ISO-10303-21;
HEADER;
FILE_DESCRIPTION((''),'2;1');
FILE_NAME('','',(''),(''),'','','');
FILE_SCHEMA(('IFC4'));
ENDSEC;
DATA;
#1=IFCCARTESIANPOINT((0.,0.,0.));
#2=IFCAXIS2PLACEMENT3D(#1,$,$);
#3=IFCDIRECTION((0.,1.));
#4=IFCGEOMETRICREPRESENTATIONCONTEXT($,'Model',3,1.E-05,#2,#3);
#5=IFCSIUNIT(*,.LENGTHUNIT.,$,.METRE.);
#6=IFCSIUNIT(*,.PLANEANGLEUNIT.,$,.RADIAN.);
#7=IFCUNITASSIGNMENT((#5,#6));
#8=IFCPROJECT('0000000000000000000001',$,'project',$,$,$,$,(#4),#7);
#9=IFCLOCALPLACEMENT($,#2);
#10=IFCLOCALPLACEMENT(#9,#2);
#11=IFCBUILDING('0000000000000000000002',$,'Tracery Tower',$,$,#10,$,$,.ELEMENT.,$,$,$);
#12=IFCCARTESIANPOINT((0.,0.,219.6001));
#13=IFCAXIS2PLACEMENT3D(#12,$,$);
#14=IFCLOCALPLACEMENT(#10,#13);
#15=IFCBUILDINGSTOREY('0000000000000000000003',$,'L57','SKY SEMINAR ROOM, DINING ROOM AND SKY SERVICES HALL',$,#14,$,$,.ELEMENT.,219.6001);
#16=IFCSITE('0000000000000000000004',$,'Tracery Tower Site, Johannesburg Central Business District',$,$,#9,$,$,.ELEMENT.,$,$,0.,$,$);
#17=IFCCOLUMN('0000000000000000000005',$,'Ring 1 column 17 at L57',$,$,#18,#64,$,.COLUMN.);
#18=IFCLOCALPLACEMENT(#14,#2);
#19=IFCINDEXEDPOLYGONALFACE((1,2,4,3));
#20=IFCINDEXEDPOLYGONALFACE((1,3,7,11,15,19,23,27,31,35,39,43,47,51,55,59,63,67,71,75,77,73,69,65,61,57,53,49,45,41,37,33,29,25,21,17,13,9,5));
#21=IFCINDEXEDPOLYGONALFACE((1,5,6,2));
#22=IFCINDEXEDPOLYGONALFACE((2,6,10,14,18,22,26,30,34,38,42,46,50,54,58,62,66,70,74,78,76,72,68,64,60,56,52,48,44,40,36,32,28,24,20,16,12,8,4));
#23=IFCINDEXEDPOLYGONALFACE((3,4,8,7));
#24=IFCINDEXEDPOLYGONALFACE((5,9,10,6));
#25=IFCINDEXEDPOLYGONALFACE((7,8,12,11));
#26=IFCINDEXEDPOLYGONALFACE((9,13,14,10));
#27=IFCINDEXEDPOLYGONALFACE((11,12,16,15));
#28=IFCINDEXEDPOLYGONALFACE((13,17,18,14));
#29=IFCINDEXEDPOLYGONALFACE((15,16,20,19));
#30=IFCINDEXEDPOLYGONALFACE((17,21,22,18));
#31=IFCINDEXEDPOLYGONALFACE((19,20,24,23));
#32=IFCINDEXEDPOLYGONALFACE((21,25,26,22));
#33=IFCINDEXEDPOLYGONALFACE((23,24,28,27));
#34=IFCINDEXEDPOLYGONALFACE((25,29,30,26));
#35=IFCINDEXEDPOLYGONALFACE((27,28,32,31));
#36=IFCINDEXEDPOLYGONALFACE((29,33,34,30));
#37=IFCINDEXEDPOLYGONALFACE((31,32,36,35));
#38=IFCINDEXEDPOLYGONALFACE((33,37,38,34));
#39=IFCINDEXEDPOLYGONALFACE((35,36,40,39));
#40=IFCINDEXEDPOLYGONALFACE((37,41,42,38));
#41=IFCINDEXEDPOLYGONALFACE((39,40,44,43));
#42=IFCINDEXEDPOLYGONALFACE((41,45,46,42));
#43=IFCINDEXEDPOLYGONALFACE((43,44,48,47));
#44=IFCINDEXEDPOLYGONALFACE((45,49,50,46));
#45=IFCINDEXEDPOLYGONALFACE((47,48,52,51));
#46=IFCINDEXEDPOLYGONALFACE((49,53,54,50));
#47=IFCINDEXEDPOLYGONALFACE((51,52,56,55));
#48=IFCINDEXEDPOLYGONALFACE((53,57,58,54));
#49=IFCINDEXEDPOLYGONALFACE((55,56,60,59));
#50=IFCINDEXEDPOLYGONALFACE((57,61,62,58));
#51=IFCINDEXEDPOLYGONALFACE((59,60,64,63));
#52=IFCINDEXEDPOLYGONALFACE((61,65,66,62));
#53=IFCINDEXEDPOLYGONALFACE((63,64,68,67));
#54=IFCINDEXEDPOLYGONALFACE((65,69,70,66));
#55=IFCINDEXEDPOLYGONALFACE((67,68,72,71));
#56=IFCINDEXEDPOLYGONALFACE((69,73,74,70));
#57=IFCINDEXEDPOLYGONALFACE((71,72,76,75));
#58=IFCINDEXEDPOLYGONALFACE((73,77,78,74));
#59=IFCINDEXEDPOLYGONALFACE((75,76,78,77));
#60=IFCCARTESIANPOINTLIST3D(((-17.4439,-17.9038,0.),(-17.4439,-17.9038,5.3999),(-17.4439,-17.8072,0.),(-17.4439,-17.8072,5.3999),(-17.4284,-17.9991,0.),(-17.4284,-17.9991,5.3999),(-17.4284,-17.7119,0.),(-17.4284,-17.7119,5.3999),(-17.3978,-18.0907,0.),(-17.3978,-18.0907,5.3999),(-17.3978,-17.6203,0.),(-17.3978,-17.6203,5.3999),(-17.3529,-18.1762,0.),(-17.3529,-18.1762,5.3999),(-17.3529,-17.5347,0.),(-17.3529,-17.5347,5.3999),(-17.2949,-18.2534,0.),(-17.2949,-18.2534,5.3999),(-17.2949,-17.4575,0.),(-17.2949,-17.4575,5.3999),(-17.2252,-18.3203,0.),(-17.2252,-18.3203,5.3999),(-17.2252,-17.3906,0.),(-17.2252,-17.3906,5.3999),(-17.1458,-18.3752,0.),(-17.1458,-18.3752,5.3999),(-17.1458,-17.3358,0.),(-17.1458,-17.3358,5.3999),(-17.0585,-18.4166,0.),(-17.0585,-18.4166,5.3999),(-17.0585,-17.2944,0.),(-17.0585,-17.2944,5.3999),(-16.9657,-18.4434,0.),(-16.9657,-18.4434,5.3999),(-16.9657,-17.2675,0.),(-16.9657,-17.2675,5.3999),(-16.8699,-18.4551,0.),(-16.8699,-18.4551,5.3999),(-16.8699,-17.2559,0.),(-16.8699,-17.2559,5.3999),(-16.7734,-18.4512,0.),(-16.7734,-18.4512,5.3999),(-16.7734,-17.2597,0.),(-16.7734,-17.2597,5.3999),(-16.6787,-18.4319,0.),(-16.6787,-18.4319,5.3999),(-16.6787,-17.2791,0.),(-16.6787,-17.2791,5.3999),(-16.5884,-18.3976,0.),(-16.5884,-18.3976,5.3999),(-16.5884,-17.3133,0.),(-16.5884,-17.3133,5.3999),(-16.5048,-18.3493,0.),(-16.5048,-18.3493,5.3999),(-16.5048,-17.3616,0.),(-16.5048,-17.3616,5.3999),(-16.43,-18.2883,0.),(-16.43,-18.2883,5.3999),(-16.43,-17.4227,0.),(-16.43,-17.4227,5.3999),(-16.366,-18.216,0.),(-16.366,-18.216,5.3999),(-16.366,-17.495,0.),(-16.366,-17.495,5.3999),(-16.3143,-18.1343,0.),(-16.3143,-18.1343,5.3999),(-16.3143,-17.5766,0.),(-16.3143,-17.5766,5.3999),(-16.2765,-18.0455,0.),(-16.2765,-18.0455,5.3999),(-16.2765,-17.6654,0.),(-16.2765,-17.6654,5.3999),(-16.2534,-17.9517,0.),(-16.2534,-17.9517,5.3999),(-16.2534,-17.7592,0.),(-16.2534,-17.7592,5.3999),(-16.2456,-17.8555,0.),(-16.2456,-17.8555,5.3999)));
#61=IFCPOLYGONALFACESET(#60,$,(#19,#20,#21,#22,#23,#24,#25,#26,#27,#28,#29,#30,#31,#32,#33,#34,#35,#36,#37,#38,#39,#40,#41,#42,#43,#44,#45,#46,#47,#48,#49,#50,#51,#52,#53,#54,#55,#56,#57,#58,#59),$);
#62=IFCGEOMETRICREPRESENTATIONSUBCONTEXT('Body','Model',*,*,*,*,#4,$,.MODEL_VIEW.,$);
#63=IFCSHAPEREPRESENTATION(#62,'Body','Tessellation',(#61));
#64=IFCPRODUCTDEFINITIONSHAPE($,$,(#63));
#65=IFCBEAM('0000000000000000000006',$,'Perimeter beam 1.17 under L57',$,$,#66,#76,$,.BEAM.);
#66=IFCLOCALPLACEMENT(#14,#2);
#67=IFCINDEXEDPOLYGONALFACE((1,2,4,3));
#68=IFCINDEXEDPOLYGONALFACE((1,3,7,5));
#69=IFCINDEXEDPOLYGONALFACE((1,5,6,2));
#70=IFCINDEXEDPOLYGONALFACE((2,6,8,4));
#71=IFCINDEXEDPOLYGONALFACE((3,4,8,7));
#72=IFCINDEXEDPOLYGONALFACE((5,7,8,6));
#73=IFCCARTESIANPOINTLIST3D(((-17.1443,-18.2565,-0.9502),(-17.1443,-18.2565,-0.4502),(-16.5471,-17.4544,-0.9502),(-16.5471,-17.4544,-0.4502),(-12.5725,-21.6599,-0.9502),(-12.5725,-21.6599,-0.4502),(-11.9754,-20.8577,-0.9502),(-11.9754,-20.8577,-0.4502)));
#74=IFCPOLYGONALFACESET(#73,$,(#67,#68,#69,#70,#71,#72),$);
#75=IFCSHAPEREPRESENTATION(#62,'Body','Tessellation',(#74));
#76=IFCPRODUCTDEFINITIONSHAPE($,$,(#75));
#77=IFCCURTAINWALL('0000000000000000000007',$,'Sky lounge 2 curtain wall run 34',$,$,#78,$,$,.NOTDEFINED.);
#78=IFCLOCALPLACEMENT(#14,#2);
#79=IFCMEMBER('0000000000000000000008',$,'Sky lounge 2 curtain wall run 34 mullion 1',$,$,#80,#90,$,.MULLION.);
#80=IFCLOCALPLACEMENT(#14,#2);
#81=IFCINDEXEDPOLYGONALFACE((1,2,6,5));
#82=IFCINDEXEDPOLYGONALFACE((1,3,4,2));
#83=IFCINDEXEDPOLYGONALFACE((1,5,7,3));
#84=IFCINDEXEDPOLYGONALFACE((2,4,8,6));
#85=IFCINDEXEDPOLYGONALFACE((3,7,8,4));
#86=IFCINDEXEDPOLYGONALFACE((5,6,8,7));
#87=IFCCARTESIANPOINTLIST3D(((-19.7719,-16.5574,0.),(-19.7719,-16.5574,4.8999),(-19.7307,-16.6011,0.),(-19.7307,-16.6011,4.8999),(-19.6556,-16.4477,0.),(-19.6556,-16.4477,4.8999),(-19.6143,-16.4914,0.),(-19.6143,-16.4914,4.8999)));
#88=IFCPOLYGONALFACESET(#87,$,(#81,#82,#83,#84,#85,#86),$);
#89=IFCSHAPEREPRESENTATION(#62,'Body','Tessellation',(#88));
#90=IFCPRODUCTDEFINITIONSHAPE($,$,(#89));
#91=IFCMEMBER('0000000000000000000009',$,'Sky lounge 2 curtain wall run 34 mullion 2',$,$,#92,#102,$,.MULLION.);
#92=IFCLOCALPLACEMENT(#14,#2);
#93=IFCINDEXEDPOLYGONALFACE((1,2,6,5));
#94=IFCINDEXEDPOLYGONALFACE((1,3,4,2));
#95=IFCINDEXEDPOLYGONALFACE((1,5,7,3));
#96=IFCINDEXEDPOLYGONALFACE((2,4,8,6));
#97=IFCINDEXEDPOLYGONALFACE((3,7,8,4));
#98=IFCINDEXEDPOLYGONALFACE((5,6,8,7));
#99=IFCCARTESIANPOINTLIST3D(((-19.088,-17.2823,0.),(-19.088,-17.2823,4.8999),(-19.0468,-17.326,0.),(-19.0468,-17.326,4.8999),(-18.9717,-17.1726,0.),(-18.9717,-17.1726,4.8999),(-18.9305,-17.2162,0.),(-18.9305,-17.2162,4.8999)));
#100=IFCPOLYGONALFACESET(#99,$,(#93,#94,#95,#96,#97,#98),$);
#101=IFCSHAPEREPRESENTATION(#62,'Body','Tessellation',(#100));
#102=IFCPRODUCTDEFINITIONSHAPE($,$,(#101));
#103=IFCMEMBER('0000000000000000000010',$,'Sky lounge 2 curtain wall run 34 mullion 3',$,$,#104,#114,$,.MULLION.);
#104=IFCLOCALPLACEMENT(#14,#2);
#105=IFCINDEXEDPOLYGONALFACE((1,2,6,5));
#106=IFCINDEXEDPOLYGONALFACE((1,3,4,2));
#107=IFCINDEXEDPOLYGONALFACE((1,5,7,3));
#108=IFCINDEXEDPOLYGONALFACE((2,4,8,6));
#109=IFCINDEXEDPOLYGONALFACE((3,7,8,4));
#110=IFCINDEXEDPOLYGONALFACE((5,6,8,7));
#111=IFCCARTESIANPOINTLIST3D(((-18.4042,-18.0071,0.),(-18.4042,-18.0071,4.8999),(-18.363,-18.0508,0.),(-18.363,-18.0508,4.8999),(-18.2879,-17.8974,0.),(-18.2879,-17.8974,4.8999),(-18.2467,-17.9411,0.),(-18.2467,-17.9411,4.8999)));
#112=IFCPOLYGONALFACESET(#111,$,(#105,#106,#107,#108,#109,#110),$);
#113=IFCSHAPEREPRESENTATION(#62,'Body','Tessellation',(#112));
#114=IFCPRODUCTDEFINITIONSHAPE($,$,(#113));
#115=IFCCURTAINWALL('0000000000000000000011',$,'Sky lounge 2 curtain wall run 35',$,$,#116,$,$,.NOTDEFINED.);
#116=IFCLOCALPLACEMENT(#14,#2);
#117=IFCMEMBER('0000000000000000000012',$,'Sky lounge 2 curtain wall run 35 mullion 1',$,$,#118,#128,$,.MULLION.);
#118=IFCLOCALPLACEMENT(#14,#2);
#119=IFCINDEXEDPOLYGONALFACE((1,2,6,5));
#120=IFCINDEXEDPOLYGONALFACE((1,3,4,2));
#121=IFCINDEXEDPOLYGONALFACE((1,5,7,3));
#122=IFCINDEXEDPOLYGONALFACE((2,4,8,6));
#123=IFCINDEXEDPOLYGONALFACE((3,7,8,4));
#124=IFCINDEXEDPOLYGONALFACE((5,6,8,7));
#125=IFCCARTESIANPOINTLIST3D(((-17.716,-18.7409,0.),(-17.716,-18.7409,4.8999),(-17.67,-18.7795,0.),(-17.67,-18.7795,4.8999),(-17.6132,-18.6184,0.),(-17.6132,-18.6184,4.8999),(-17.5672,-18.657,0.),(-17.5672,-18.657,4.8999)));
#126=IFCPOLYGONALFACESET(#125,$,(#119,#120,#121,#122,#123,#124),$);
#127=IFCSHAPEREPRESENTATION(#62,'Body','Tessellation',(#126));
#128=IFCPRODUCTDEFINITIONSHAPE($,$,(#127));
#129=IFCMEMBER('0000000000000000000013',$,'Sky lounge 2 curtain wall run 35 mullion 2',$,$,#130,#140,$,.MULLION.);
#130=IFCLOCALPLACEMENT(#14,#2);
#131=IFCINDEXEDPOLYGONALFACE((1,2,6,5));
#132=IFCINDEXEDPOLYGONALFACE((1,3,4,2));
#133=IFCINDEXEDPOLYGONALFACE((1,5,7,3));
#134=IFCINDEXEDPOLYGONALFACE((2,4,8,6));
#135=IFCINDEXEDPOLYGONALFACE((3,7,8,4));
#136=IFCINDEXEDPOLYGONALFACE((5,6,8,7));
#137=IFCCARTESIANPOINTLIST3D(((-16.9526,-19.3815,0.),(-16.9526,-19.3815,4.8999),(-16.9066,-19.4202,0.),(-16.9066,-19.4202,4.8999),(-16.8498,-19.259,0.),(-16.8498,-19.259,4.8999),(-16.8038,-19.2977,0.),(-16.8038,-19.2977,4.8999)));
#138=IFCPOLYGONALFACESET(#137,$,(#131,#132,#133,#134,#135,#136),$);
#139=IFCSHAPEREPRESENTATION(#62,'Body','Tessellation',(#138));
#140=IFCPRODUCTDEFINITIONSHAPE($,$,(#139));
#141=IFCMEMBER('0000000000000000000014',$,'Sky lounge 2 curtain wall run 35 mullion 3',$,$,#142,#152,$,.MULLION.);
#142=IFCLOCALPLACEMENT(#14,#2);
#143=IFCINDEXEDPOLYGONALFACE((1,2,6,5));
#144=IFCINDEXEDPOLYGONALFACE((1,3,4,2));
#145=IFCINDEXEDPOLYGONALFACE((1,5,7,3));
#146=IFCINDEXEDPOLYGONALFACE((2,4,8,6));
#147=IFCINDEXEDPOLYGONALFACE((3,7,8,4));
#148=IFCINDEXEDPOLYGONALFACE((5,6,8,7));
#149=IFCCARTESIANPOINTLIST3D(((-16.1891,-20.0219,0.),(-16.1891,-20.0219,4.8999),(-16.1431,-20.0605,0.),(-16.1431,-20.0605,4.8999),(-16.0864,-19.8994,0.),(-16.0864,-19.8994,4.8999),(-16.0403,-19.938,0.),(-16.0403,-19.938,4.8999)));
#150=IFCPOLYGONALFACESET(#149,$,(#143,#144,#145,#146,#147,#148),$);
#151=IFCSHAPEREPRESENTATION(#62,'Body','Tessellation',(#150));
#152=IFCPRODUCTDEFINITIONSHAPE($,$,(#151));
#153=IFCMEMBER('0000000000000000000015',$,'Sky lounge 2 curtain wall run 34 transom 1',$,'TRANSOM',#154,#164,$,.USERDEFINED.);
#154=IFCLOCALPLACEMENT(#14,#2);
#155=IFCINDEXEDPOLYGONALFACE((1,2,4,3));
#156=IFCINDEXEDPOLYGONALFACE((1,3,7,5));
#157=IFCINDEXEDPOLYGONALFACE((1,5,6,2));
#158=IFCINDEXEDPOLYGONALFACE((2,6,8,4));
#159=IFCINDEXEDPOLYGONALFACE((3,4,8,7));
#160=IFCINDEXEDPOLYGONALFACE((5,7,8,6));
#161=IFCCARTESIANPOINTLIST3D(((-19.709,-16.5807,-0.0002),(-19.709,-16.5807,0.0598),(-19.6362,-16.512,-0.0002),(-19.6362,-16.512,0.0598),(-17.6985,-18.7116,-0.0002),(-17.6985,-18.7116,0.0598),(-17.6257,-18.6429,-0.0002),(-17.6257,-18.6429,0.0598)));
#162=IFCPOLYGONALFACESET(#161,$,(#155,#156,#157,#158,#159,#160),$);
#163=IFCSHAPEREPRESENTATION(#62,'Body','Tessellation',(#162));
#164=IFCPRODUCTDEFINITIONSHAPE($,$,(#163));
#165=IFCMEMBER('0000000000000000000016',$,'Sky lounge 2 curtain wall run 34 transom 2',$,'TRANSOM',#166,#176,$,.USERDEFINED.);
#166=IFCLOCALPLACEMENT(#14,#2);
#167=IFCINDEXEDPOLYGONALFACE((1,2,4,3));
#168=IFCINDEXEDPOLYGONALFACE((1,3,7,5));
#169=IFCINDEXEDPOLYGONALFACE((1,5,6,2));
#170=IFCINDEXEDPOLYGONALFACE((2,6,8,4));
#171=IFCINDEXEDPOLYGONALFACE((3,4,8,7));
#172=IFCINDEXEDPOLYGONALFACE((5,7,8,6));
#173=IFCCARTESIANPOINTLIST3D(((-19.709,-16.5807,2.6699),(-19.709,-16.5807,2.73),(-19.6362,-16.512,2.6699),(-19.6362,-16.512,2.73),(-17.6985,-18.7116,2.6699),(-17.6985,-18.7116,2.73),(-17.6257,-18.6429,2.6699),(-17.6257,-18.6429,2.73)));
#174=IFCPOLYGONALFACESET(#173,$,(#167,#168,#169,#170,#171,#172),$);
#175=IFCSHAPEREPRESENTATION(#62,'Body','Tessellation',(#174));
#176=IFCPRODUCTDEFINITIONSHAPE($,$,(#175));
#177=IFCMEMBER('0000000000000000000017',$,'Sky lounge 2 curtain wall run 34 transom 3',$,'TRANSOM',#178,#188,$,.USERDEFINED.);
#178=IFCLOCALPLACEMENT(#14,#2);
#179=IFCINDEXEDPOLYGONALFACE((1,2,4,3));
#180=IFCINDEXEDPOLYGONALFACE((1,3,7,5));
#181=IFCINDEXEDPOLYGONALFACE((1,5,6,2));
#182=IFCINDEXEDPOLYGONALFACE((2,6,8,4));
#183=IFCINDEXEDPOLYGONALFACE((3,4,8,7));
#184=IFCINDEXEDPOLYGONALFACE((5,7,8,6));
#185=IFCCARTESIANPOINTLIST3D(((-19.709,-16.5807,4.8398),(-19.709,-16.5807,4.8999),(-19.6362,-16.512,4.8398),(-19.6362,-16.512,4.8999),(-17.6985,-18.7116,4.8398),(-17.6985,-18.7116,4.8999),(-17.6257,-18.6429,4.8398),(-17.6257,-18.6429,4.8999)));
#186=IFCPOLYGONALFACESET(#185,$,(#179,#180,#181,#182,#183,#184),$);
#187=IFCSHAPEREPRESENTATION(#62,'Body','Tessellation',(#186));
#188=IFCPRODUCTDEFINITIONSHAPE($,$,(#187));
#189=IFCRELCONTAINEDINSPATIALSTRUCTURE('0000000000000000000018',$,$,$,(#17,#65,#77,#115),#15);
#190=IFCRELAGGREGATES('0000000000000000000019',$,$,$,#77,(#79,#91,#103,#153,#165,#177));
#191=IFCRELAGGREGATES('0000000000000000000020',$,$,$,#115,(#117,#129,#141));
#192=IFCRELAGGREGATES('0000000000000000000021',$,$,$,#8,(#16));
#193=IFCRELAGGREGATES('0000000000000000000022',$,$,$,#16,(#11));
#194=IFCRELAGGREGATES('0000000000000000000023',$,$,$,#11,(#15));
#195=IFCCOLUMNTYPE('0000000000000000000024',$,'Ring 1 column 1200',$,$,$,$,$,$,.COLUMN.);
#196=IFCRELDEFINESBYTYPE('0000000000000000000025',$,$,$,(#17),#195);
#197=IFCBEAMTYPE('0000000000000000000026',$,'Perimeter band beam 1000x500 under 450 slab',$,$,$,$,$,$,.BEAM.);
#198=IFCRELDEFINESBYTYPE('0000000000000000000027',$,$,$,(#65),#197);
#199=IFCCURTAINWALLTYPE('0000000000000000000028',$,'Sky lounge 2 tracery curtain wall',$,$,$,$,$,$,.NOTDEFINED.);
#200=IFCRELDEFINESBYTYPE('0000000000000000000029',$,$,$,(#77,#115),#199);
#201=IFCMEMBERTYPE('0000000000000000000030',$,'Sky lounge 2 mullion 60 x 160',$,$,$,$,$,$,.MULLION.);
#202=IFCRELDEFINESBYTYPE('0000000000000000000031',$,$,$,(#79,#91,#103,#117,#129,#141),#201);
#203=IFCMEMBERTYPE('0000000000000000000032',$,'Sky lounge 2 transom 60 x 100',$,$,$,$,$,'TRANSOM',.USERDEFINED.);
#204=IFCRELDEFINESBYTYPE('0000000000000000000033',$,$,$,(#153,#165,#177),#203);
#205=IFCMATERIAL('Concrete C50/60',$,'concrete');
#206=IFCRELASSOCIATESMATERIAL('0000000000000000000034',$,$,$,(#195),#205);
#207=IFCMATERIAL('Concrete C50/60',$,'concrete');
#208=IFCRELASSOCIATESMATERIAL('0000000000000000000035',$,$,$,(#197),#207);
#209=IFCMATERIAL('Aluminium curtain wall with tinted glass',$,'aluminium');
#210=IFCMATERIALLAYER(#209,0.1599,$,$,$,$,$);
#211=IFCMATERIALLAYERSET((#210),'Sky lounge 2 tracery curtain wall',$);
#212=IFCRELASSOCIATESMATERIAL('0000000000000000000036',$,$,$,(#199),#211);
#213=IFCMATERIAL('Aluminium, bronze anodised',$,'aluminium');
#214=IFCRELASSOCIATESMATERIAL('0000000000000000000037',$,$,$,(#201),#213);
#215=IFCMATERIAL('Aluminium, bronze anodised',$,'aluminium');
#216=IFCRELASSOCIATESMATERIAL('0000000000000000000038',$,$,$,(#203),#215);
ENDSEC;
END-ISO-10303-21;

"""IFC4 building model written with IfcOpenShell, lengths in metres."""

from ifc_helpers import new_model, si_unit, direction, frame, origin, origin_2d, place, context, subcontext, project, spatial, rectangle, circle, extrude, material, layer, layer_set, material_profile, profile_set, type_object, element, aggregate, save


model = new_model("IFC4")

# Units and contexts
model_context = context("Model", 3, precision=1e-05, world=origin(), true_north=direction((0.0, 1.0)))
body_context = subcontext(model_context, "Body", "Model", "MODEL_VIEW")
ifc_project = project(units=[si_unit("LENGTHUNIT", "METRE"), si_unit("PLANEANGLEUNIT", "RADIAN")], contexts=[model_context])

# Site, building, storey
site_placement = place(None, origin())
site = spatial("IfcSite", under=ifc_project, at=site_placement, Name="Tracery Tower Site, Johannesburg Central Business District", CompositionType="ELEMENT", RefElevation=0.0)
building_placement = place(site_placement, origin())
building = spatial("IfcBuilding", under=site, at=building_placement, Name="Tracery Tower", CompositionType="ELEMENT")
storey_placement = place(building_placement, frame((0.0, 0.0, 219.6001)))
storey = spatial("IfcBuildingStorey", under=building, at=storey_placement, Name="L57", Description="SKY SEMINAR ROOM, DINING ROOM AND SKY SERVICES HALL", CompositionType="ELEMENT", Elevation=219.6001)

# Column
ifc_material_1 = material(Name="Concrete C50/60", Category="concrete")
ifc_material_profile_1 = material_profile(ifc_material_1, circle(Radius=0.6001, at=origin_2d()), Name="RC D1200")
ifc_profile_set_1 = profile_set([ifc_material_profile_1], Name="Concrete C50/60")
column_type = type_object("IfcColumnType", Name="Ring 1 column 1200", PredefinedType="COLUMN", material=ifc_profile_set_1)
column_placement = place(storey_placement, frame((-16.8457, -17.8555, 0.0), z_axis=(0.0, 0.0, 1.0), x_axis=(1.0, 0.0, 0.0)))
element("IfcColumn", 1, at=column_placement, inside=storey, type_object=column_type, Name="Ring 1 column 17 at L57", PredefinedType="COLUMN", context=body_context, shape_type="SweptSolid", body=[
    extrude(circle(Radius=0.6001, at=origin_2d()), origin(), (0.0, 0.0, 1.0), 5.3999),
])

# Beam
ifc_material_2 = material(Name="Concrete C50/60", Category="concrete")
ifc_material_profile_2 = material_profile(ifc_material_2, rectangle(XDim=1.0, YDim=0.5, at=origin_2d()), Name="RC 1000x500")
ifc_profile_set_2 = profile_set([ifc_material_profile_2], Name="Concrete C50/60")
beam_type = type_object("IfcBeamType", Name="Perimeter band beam 1000x500 under 450 slab", PredefinedType="BEAM", material=ifc_profile_set_2)
beam_placement = place(storey_placement, frame((-16.8457, -17.8555, -0.7002), z_axis=(0.802144, -0.597131, 0.0), x_axis=(0.597131, 0.802144, 0.0)))
element("IfcBeam", 2, at=beam_placement, inside=storey, type_object=beam_type, Name="Perimeter beam 1.17 under L57", PredefinedType="BEAM", context=body_context, shape_type="SweptSolid", body=[
    extrude(rectangle(XDim=1.0, YDim=0.5, at=origin_2d()), origin(), (0.0, 0.0, 1.0), 5.6995),
])

# Curtain walls, members
ifc_material_3 = material(Name="Aluminium curtain wall with tinted glass", Category="aluminium")
ifc_layer_1 = layer(ifc_material_3, 0.1599)
ifc_layer_set_1 = layer_set([ifc_layer_1], Name="Sky lounge 2 tracery curtain wall")
curtain_wall_type = type_object("IfcCurtainWallType", Name="Sky lounge 2 tracery curtain wall", PredefinedType="NOTDEFINED", material=ifc_layer_set_1)
curtain_wall_1_placement = place(storey_placement, origin())
curtain_wall_1 = element("IfcCurtainWall", 3, at=curtain_wall_1_placement, inside=storey, type_object=curtain_wall_type, Name="Sky lounge 2 curtain wall run 34", PredefinedType="NOTDEFINED")
ifc_material_4 = material(Name="Aluminium, bronze anodised", Category="aluminium")
ifc_material_profile_3 = material_profile(ifc_material_4, rectangle(XDim=0.1599, YDim=0.0601, at=origin_2d()), Name="AL 60x160")
ifc_profile_set_3 = profile_set([ifc_material_profile_3], Name="Aluminium, bronze anodised")
member_type_1 = type_object("IfcMemberType", Name="Sky lounge 2 mullion 60 x 160", PredefinedType="MULLION", material=ifc_profile_set_3)
member_1_placement = place(storey_placement, frame((-19.6931, -16.5244, 0.0), z_axis=(0.0, 0.0, 1.0), x_axis=(0.727374, 0.686242, 0.0)))
member_1 = element("IfcMember", 4, at=member_1_placement, type_object=member_type_1, Name="Sky lounge 2 curtain wall run 34 mullion 1", PredefinedType="MULLION", context=body_context, shape_type="SweptSolid", body=[
    extrude(rectangle(XDim=0.1599, YDim=0.0601, at=origin_2d()), origin(), (0.0, 0.0, 1.0), 4.8999),
])
member_2_placement = place(storey_placement, frame((-19.0093, -17.2493, 0.0), z_axis=(0.0, 0.0, 1.0), x_axis=(0.727374, 0.686242, 0.0)))
member_2 = element("IfcMember", 5, at=member_2_placement, type_object=member_type_1, Name="Sky lounge 2 curtain wall run 34 mullion 2", PredefinedType="MULLION", context=body_context, shape_type="SweptSolid", body=[
    extrude(rectangle(XDim=0.1599, YDim=0.0601, at=origin_2d()), origin(), (0.0, 0.0, 1.0), 4.8999),
])
member_3_placement = place(storey_placement, frame((-18.3254, -17.9741, 0.0), z_axis=(0.0, 0.0, 1.0), x_axis=(0.727374, 0.686242, 0.0)))
member_3 = element("IfcMember", 6, at=member_3_placement, type_object=member_type_1, Name="Sky lounge 2 curtain wall run 34 mullion 3", PredefinedType="MULLION", context=body_context, shape_type="SweptSolid", body=[
    extrude(rectangle(XDim=0.1599, YDim=0.0601, at=origin_2d()), origin(), (0.0, 0.0, 1.0), 4.8999),
])
curtain_wall_2_placement = place(storey_placement, origin())
curtain_wall_2 = element("IfcCurtainWall", 7, at=curtain_wall_2_placement, inside=storey, type_object=curtain_wall_type, Name="Sky lounge 2 curtain wall run 35", PredefinedType="NOTDEFINED")
member_4_placement = place(storey_placement, frame((-17.6416, -18.699, 0.0), z_axis=(0.0, 0.0, 1.0), x_axis=(0.642788, 0.766044, 0.0)))
member_4 = element("IfcMember", 8, at=member_4_placement, type_object=member_type_1, Name="Sky lounge 2 curtain wall run 35 mullion 1", PredefinedType="MULLION", context=body_context, shape_type="SweptSolid", body=[
    extrude(rectangle(XDim=0.1599, YDim=0.0601, at=origin_2d()), origin(), (0.0, 0.0, 1.0), 4.8999),
])
member_5_placement = place(storey_placement, frame((-16.8782, -19.3396, 0.0), z_axis=(0.0, 0.0, 1.0), x_axis=(0.642788, 0.766044, 0.0)))
member_5 = element("IfcMember", 9, at=member_5_placement, type_object=member_type_1, Name="Sky lounge 2 curtain wall run 35 mullion 2", PredefinedType="MULLION", context=body_context, shape_type="SweptSolid", body=[
    extrude(rectangle(XDim=0.1599, YDim=0.0601, at=origin_2d()), origin(), (0.0, 0.0, 1.0), 4.8999),
])
member_6_placement = place(storey_placement, frame((-16.1147, -19.98, 0.0), z_axis=(0.0, 0.0, 1.0), x_axis=(0.642788, 0.766044, 0.0)))
member_6 = element("IfcMember", 10, at=member_6_placement, type_object=member_type_1, Name="Sky lounge 2 curtain wall run 35 mullion 3", PredefinedType="MULLION", context=body_context, shape_type="SweptSolid", body=[
    extrude(rectangle(XDim=0.1599, YDim=0.0601, at=origin_2d()), origin(), (0.0, 0.0, 1.0), 4.8999),
])

# Members
ifc_material_5 = material(Name="Aluminium, bronze anodised", Category="aluminium")
ifc_material_profile_4 = material_profile(ifc_material_5, rectangle(XDim=0.1001, YDim=0.0601, at=origin_2d()), Name="AL 60x100")
ifc_profile_set_4 = profile_set([ifc_material_profile_4], Name="Aluminium, bronze anodised")
member_type_2 = type_object("IfcMemberType", Name="Sky lounge 2 transom 60 x 100", ElementType="TRANSOM", PredefinedType="USERDEFINED", material=ifc_profile_set_4)
member_7_placement = place(storey_placement, frame((-19.6726, -16.5464, 0.0298), z_axis=(0.686266, -0.72735, 0.0), x_axis=(0.72735, 0.686266, 0.0)))
member_7 = element("IfcMember", 11, at=member_7_placement, type_object=member_type_2, Name="Sky lounge 2 curtain wall run 34 transom 1", ObjectType="TRANSOM", PredefinedType="USERDEFINED", context=body_context, shape_type="SweptSolid", body=[
    extrude(rectangle(XDim=0.1001, YDim=0.0601, at=origin_2d()), origin(), (0.0, 0.0, 1.0), 2.9297),
])
member_8_placement = place(storey_placement, frame((-19.6726, -16.5464, 2.7), z_axis=(0.686266, -0.72735, 0.0), x_axis=(0.72735, 0.686266, 0.0)))
member_8 = element("IfcMember", 12, at=member_8_placement, type_object=member_type_2, Name="Sky lounge 2 curtain wall run 34 transom 2", ObjectType="TRANSOM", PredefinedType="USERDEFINED", context=body_context, shape_type="SweptSolid", body=[
    extrude(rectangle(XDim=0.1001, YDim=0.0601, at=origin_2d()), origin(), (0.0, 0.0, 1.0), 2.9297),
])
member_9_placement = place(storey_placement, frame((-19.6726, -16.5464, 4.8699), z_axis=(0.686266, -0.72735, 0.0), x_axis=(0.72735, 0.686266, 0.0)))
member_9 = element("IfcMember", 13, at=member_9_placement, type_object=member_type_2, Name="Sky lounge 2 curtain wall run 34 transom 3", ObjectType="TRANSOM", PredefinedType="USERDEFINED", context=body_context, shape_type="SweptSolid", body=[
    extrude(rectangle(XDim=0.1001, YDim=0.0601, at=origin_2d()), origin(), (0.0, 0.0, 1.0), 2.9297),
])

aggregate(curtain_wall_1, [member_1, member_2, member_3, member_7, member_8, member_9])
aggregate(curtain_wall_2, [member_4, member_5, member_6])

save(model, "model.ifc")
